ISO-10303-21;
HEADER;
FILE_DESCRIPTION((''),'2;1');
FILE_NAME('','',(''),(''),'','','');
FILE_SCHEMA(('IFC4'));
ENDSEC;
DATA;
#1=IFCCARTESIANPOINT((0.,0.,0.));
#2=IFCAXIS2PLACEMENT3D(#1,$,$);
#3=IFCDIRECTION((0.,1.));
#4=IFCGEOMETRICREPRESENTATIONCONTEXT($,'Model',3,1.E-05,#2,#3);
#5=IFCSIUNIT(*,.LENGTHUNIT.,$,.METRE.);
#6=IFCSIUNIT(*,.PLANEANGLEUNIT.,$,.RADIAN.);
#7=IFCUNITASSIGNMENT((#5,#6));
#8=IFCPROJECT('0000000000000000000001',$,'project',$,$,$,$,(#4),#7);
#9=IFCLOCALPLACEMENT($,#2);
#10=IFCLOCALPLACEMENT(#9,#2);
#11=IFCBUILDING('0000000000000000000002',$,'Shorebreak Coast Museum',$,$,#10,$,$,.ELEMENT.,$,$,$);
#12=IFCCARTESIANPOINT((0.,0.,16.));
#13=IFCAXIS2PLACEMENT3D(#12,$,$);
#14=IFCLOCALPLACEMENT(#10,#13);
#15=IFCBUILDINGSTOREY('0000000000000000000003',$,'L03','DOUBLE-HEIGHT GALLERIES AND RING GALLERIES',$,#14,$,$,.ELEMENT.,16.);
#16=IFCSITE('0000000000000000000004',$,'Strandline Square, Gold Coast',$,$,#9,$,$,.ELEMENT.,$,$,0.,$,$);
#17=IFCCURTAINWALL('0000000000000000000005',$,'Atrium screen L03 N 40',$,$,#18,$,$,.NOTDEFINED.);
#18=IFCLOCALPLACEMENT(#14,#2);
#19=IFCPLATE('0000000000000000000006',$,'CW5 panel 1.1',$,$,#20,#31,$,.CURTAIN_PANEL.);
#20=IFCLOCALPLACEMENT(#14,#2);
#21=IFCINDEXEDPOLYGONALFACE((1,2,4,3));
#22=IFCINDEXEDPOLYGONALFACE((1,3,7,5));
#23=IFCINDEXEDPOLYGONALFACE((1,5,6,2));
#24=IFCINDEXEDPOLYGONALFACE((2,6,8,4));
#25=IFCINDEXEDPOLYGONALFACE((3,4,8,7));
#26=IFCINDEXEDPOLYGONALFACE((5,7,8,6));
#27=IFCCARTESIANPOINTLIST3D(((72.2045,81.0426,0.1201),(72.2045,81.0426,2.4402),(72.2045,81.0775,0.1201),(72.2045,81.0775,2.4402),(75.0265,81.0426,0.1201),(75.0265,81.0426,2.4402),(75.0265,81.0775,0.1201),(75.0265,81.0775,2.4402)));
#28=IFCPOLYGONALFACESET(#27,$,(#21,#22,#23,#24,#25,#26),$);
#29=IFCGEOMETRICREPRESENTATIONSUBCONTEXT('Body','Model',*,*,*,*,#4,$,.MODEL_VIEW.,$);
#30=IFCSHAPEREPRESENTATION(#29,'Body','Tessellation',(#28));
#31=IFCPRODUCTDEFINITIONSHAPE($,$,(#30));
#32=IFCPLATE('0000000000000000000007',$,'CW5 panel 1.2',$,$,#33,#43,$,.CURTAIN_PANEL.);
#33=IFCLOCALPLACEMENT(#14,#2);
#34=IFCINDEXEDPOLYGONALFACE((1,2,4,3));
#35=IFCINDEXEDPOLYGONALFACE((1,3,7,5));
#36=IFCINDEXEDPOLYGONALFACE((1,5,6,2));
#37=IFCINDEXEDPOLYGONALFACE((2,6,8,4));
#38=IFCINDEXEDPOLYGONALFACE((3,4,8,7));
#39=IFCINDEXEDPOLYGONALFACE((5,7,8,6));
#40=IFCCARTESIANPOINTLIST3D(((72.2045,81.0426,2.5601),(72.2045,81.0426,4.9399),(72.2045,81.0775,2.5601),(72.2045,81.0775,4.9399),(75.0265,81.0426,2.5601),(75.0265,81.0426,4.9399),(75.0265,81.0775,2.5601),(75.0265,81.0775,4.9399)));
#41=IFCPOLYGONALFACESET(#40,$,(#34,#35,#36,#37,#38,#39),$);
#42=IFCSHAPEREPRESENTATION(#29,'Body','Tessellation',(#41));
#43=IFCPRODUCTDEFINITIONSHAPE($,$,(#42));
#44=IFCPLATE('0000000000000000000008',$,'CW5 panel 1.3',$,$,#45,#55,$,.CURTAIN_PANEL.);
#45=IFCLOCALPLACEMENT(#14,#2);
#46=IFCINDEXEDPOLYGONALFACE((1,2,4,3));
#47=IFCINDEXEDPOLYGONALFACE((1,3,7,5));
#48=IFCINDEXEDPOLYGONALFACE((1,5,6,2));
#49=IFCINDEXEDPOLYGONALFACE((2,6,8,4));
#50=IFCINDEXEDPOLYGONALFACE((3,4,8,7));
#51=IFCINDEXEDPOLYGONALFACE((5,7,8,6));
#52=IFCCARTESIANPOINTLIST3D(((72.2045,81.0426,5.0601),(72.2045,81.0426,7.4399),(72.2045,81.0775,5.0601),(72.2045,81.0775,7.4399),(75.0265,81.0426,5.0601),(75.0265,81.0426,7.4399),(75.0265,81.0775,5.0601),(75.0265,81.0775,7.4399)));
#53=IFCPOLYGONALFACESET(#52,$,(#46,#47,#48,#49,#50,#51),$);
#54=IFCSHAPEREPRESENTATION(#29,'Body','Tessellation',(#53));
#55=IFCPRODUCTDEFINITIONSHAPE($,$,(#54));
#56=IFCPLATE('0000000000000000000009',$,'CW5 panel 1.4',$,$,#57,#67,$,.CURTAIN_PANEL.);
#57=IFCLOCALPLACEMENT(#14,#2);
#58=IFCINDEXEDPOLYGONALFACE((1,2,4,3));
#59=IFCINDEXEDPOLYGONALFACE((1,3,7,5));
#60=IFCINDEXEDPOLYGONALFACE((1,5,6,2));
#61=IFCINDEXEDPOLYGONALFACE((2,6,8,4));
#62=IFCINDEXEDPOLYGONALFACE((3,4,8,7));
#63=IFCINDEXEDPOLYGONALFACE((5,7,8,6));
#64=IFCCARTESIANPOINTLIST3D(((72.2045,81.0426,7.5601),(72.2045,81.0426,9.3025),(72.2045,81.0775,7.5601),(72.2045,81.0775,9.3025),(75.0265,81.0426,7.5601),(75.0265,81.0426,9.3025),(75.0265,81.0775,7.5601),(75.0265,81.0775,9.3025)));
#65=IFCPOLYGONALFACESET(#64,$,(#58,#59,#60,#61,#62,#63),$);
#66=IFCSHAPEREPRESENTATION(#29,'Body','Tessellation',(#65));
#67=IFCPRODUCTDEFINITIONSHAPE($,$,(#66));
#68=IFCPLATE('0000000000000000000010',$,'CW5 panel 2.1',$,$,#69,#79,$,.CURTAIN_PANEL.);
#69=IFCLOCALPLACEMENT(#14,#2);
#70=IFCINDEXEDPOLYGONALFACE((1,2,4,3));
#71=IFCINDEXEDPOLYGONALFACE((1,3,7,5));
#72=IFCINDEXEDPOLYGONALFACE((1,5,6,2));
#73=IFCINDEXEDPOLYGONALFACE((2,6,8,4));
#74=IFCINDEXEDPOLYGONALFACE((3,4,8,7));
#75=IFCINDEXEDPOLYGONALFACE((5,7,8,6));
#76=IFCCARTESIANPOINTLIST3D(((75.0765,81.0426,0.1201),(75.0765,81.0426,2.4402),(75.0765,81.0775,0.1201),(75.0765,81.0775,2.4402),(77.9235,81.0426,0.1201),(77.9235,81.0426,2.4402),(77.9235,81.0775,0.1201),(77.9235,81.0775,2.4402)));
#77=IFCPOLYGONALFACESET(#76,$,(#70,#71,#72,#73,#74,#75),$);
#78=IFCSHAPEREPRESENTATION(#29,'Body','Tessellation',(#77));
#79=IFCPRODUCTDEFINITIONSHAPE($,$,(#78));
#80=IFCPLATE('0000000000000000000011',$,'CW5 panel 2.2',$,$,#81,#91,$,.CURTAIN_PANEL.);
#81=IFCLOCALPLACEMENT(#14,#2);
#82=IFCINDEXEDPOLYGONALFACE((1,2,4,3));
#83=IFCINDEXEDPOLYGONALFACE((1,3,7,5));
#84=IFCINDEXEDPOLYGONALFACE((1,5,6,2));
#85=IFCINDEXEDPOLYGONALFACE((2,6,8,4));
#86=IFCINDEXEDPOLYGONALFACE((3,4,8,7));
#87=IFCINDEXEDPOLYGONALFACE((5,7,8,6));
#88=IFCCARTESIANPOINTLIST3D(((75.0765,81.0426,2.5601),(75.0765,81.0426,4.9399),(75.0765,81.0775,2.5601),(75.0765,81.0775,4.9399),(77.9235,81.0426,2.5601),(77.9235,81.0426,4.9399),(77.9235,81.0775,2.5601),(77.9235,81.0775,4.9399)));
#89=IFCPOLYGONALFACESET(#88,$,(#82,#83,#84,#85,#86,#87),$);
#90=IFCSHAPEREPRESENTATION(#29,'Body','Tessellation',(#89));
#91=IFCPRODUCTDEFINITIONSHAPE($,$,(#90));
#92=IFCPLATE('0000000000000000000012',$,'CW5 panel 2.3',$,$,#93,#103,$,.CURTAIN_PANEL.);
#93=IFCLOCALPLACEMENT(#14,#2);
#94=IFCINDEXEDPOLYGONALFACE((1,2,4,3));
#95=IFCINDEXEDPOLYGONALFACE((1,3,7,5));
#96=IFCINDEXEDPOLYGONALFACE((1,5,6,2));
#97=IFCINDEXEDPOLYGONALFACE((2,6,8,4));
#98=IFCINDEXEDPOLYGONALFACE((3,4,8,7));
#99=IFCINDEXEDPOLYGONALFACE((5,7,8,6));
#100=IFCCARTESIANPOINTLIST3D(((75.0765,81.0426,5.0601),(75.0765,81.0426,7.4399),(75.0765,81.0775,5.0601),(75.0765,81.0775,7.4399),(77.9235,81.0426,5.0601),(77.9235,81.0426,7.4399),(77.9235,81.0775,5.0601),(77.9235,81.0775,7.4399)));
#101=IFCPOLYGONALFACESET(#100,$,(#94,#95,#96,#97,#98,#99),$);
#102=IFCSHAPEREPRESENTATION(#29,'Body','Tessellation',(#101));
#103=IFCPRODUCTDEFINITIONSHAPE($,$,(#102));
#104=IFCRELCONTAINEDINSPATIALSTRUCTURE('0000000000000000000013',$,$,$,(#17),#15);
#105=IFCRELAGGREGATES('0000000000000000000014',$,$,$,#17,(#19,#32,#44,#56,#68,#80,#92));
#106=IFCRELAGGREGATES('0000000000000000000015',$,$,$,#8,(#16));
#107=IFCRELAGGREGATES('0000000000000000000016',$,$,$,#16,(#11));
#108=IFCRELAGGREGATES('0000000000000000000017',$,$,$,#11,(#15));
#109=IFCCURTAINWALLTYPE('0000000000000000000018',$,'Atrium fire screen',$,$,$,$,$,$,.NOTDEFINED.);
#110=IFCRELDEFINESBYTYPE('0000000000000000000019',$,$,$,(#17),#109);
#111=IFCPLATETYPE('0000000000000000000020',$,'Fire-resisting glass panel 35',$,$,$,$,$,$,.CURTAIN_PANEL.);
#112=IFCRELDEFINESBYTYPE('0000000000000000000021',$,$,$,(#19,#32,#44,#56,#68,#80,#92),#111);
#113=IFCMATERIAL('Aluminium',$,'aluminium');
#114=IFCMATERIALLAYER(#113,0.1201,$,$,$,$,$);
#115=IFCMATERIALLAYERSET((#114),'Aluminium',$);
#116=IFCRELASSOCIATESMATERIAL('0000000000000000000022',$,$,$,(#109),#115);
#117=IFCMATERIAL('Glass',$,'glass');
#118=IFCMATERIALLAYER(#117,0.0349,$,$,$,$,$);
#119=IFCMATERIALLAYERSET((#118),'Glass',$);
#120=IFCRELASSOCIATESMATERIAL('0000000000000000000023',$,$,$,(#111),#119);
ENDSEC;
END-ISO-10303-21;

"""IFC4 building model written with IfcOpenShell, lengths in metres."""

from ifc_helpers import new_model, si_unit, direction, frame, origin, origin_2d, place, context, subcontext, project, spatial, rectangle, extrude, material, layer, layer_set, type_object, element, aggregate, save


model = new_model("IFC4")

# Units and contexts
model_context = context("Model", 3, precision=1e-05, world=origin(), true_north=direction((0.0, 1.0)))
body_context = subcontext(model_context, "Body", "Model", "MODEL_VIEW")
ifc_project = project(units=[si_unit("LENGTHUNIT", "METRE"), si_unit("PLANEANGLEUNIT", "RADIAN")], contexts=[model_context])

# Site, building, storey
site_placement = place(None, origin())
site = spatial("IfcSite", under=ifc_project, at=site_placement, Name="Strandline Square, Gold Coast", CompositionType="ELEMENT", RefElevation=0.0)
building_placement = place(site_placement, origin())
building = spatial("IfcBuilding", under=site, at=building_placement, Name="Shorebreak Coast Museum", CompositionType="ELEMENT")
storey_placement = place(building_placement, frame((0.0, 0.0, 16.0)))
storey = spatial("IfcBuildingStorey", under=building, at=storey_placement, Name="L03", Description="DOUBLE-HEIGHT GALLERIES AND RING GALLERIES", CompositionType="ELEMENT", Elevation=16.0)

# Shared definitions
ifc_material_1 = material(Name="Aluminium", Category="aluminium")
ifc_layer_1 = layer(ifc_material_1, 0.1201)
ifc_layer_set_1 = layer_set([ifc_layer_1], Name="Aluminium")
curtain_wall_type = type_object("IfcCurtainWallType", Name="Atrium fire screen", PredefinedType="NOTDEFINED", material=ifc_layer_set_1)

# Curtain wall
curtain_wall_1_placement = place(storey_placement, origin())
curtain_wall_1 = element("IfcCurtainWall", 1, at=curtain_wall_1_placement, inside=storey, type_object=curtain_wall_type, Name="Atrium screen L03 N 40", PredefinedType="NOTDEFINED")

# Plates
ifc_material_2 = material(Name="Glass", Category="glass")
ifc_layer_2 = layer(ifc_material_2, 0.0349)
ifc_layer_set_2 = layer_set([ifc_layer_2], Name="Glass")
plate_type = type_object("IfcPlateType", Name="Fire-resisting glass panel 35", PredefinedType="CURTAIN_PANEL", material=ifc_layer_set_2)
plate_1_placement = place(storey_placement, frame((73.6155, 81.0601, 0.1201), z_axis=(0.0, 0.0, 1.0), x_axis=(1.0, 0.0, 0.0)))
plate_1 = element("IfcPlate", 2, at=plate_1_placement, type_object=plate_type, Name="CW5 panel 1.1", PredefinedType="CURTAIN_PANEL", context=body_context, shape_type="SweptSolid", body=[
    extrude(rectangle(XDim=2.822, YDim=0.0349, at=origin_2d()), origin(), (0.0, 0.0, 1.0), 2.3201),
])
plate_2_placement = place(storey_placement, frame((73.6155, 81.0601, 2.5601), z_axis=(0.0, 0.0, 1.0), x_axis=(1.0, 0.0, 0.0)))
plate_2 = element("IfcPlate", 3, at=plate_2_placement, type_object=plate_type, Name="CW5 panel 1.2", PredefinedType="CURTAIN_PANEL", context=body_context, shape_type="SweptSolid", body=[
    extrude(rectangle(XDim=2.822, YDim=0.0349, at=origin_2d()), origin(), (0.0, 0.0, 1.0), 2.3799),
])
plate_3_placement = place(storey_placement, frame((73.6155, 81.0601, 5.0601), z_axis=(0.0, 0.0, 1.0), x_axis=(1.0, 0.0, 0.0)))
plate_3 = element("IfcPlate", 4, at=plate_3_placement, type_object=plate_type, Name="CW5 panel 1.3", PredefinedType="CURTAIN_PANEL", context=body_context, shape_type="SweptSolid", body=[
    extrude(rectangle(XDim=2.822, YDim=0.0349, at=origin_2d()), origin(), (0.0, 0.0, 1.0), 2.3799),
])
plate_4_placement = place(storey_placement, frame((73.6155, 81.0601, 7.5601), z_axis=(0.0, 0.0, 1.0), x_axis=(1.0, 0.0, 0.0)))
plate_4 = element("IfcPlate", 5, at=plate_4_placement, type_object=plate_type, Name="CW5 panel 1.4", PredefinedType="CURTAIN_PANEL", context=body_context, shape_type="SweptSolid", body=[
    extrude(rectangle(XDim=2.822, YDim=0.0349, at=origin_2d()), origin(), (0.0, 0.0, 1.0), 1.7424),
])
plate_5_placement = place(storey_placement, frame((76.5, 81.0601, 0.1201), z_axis=(0.0, 0.0, 1.0), x_axis=(1.0, 0.0, 0.0)))
plate_5 = element("IfcPlate", 6, at=plate_5_placement, type_object=plate_type, Name="CW5 panel 2.1", PredefinedType="CURTAIN_PANEL", context=body_context, shape_type="SweptSolid", body=[
    extrude(rectangle(XDim=2.8469, YDim=0.0349, at=origin_2d()), origin(), (0.0, 0.0, 1.0), 2.3201),
])
plate_6_placement = place(storey_placement, frame((76.5, 81.0601, 2.5601), z_axis=(0.0, 0.0, 1.0), x_axis=(1.0, 0.0, 0.0)))
plate_6 = element("IfcPlate", 7, at=plate_6_placement, type_object=plate_type, Name="CW5 panel 2.2", PredefinedType="CURTAIN_PANEL", context=body_context, shape_type="SweptSolid", body=[
    extrude(rectangle(XDim=2.8469, YDim=0.0349, at=origin_2d()), origin(), (0.0, 0.0, 1.0), 2.3799),
])
plate_7_placement = place(storey_placement, frame((76.5, 81.0601, 5.0601), z_axis=(0.0, 0.0, 1.0), x_axis=(1.0, 0.0, 0.0)))
plate_7 = element("IfcPlate", 8, at=plate_7_placement, type_object=plate_type, Name="CW5 panel 2.3", PredefinedType="CURTAIN_PANEL", context=body_context, shape_type="SweptSolid", body=[
    extrude(rectangle(XDim=2.8469, YDim=0.0349, at=origin_2d()), origin(), (0.0, 0.0, 1.0), 2.3799),
])
aggregate(curtain_wall_1, [plate_1, plate_2, plate_3, plate_4, plate_5, plate_6, plate_7])

save(model, "model.ifc")
